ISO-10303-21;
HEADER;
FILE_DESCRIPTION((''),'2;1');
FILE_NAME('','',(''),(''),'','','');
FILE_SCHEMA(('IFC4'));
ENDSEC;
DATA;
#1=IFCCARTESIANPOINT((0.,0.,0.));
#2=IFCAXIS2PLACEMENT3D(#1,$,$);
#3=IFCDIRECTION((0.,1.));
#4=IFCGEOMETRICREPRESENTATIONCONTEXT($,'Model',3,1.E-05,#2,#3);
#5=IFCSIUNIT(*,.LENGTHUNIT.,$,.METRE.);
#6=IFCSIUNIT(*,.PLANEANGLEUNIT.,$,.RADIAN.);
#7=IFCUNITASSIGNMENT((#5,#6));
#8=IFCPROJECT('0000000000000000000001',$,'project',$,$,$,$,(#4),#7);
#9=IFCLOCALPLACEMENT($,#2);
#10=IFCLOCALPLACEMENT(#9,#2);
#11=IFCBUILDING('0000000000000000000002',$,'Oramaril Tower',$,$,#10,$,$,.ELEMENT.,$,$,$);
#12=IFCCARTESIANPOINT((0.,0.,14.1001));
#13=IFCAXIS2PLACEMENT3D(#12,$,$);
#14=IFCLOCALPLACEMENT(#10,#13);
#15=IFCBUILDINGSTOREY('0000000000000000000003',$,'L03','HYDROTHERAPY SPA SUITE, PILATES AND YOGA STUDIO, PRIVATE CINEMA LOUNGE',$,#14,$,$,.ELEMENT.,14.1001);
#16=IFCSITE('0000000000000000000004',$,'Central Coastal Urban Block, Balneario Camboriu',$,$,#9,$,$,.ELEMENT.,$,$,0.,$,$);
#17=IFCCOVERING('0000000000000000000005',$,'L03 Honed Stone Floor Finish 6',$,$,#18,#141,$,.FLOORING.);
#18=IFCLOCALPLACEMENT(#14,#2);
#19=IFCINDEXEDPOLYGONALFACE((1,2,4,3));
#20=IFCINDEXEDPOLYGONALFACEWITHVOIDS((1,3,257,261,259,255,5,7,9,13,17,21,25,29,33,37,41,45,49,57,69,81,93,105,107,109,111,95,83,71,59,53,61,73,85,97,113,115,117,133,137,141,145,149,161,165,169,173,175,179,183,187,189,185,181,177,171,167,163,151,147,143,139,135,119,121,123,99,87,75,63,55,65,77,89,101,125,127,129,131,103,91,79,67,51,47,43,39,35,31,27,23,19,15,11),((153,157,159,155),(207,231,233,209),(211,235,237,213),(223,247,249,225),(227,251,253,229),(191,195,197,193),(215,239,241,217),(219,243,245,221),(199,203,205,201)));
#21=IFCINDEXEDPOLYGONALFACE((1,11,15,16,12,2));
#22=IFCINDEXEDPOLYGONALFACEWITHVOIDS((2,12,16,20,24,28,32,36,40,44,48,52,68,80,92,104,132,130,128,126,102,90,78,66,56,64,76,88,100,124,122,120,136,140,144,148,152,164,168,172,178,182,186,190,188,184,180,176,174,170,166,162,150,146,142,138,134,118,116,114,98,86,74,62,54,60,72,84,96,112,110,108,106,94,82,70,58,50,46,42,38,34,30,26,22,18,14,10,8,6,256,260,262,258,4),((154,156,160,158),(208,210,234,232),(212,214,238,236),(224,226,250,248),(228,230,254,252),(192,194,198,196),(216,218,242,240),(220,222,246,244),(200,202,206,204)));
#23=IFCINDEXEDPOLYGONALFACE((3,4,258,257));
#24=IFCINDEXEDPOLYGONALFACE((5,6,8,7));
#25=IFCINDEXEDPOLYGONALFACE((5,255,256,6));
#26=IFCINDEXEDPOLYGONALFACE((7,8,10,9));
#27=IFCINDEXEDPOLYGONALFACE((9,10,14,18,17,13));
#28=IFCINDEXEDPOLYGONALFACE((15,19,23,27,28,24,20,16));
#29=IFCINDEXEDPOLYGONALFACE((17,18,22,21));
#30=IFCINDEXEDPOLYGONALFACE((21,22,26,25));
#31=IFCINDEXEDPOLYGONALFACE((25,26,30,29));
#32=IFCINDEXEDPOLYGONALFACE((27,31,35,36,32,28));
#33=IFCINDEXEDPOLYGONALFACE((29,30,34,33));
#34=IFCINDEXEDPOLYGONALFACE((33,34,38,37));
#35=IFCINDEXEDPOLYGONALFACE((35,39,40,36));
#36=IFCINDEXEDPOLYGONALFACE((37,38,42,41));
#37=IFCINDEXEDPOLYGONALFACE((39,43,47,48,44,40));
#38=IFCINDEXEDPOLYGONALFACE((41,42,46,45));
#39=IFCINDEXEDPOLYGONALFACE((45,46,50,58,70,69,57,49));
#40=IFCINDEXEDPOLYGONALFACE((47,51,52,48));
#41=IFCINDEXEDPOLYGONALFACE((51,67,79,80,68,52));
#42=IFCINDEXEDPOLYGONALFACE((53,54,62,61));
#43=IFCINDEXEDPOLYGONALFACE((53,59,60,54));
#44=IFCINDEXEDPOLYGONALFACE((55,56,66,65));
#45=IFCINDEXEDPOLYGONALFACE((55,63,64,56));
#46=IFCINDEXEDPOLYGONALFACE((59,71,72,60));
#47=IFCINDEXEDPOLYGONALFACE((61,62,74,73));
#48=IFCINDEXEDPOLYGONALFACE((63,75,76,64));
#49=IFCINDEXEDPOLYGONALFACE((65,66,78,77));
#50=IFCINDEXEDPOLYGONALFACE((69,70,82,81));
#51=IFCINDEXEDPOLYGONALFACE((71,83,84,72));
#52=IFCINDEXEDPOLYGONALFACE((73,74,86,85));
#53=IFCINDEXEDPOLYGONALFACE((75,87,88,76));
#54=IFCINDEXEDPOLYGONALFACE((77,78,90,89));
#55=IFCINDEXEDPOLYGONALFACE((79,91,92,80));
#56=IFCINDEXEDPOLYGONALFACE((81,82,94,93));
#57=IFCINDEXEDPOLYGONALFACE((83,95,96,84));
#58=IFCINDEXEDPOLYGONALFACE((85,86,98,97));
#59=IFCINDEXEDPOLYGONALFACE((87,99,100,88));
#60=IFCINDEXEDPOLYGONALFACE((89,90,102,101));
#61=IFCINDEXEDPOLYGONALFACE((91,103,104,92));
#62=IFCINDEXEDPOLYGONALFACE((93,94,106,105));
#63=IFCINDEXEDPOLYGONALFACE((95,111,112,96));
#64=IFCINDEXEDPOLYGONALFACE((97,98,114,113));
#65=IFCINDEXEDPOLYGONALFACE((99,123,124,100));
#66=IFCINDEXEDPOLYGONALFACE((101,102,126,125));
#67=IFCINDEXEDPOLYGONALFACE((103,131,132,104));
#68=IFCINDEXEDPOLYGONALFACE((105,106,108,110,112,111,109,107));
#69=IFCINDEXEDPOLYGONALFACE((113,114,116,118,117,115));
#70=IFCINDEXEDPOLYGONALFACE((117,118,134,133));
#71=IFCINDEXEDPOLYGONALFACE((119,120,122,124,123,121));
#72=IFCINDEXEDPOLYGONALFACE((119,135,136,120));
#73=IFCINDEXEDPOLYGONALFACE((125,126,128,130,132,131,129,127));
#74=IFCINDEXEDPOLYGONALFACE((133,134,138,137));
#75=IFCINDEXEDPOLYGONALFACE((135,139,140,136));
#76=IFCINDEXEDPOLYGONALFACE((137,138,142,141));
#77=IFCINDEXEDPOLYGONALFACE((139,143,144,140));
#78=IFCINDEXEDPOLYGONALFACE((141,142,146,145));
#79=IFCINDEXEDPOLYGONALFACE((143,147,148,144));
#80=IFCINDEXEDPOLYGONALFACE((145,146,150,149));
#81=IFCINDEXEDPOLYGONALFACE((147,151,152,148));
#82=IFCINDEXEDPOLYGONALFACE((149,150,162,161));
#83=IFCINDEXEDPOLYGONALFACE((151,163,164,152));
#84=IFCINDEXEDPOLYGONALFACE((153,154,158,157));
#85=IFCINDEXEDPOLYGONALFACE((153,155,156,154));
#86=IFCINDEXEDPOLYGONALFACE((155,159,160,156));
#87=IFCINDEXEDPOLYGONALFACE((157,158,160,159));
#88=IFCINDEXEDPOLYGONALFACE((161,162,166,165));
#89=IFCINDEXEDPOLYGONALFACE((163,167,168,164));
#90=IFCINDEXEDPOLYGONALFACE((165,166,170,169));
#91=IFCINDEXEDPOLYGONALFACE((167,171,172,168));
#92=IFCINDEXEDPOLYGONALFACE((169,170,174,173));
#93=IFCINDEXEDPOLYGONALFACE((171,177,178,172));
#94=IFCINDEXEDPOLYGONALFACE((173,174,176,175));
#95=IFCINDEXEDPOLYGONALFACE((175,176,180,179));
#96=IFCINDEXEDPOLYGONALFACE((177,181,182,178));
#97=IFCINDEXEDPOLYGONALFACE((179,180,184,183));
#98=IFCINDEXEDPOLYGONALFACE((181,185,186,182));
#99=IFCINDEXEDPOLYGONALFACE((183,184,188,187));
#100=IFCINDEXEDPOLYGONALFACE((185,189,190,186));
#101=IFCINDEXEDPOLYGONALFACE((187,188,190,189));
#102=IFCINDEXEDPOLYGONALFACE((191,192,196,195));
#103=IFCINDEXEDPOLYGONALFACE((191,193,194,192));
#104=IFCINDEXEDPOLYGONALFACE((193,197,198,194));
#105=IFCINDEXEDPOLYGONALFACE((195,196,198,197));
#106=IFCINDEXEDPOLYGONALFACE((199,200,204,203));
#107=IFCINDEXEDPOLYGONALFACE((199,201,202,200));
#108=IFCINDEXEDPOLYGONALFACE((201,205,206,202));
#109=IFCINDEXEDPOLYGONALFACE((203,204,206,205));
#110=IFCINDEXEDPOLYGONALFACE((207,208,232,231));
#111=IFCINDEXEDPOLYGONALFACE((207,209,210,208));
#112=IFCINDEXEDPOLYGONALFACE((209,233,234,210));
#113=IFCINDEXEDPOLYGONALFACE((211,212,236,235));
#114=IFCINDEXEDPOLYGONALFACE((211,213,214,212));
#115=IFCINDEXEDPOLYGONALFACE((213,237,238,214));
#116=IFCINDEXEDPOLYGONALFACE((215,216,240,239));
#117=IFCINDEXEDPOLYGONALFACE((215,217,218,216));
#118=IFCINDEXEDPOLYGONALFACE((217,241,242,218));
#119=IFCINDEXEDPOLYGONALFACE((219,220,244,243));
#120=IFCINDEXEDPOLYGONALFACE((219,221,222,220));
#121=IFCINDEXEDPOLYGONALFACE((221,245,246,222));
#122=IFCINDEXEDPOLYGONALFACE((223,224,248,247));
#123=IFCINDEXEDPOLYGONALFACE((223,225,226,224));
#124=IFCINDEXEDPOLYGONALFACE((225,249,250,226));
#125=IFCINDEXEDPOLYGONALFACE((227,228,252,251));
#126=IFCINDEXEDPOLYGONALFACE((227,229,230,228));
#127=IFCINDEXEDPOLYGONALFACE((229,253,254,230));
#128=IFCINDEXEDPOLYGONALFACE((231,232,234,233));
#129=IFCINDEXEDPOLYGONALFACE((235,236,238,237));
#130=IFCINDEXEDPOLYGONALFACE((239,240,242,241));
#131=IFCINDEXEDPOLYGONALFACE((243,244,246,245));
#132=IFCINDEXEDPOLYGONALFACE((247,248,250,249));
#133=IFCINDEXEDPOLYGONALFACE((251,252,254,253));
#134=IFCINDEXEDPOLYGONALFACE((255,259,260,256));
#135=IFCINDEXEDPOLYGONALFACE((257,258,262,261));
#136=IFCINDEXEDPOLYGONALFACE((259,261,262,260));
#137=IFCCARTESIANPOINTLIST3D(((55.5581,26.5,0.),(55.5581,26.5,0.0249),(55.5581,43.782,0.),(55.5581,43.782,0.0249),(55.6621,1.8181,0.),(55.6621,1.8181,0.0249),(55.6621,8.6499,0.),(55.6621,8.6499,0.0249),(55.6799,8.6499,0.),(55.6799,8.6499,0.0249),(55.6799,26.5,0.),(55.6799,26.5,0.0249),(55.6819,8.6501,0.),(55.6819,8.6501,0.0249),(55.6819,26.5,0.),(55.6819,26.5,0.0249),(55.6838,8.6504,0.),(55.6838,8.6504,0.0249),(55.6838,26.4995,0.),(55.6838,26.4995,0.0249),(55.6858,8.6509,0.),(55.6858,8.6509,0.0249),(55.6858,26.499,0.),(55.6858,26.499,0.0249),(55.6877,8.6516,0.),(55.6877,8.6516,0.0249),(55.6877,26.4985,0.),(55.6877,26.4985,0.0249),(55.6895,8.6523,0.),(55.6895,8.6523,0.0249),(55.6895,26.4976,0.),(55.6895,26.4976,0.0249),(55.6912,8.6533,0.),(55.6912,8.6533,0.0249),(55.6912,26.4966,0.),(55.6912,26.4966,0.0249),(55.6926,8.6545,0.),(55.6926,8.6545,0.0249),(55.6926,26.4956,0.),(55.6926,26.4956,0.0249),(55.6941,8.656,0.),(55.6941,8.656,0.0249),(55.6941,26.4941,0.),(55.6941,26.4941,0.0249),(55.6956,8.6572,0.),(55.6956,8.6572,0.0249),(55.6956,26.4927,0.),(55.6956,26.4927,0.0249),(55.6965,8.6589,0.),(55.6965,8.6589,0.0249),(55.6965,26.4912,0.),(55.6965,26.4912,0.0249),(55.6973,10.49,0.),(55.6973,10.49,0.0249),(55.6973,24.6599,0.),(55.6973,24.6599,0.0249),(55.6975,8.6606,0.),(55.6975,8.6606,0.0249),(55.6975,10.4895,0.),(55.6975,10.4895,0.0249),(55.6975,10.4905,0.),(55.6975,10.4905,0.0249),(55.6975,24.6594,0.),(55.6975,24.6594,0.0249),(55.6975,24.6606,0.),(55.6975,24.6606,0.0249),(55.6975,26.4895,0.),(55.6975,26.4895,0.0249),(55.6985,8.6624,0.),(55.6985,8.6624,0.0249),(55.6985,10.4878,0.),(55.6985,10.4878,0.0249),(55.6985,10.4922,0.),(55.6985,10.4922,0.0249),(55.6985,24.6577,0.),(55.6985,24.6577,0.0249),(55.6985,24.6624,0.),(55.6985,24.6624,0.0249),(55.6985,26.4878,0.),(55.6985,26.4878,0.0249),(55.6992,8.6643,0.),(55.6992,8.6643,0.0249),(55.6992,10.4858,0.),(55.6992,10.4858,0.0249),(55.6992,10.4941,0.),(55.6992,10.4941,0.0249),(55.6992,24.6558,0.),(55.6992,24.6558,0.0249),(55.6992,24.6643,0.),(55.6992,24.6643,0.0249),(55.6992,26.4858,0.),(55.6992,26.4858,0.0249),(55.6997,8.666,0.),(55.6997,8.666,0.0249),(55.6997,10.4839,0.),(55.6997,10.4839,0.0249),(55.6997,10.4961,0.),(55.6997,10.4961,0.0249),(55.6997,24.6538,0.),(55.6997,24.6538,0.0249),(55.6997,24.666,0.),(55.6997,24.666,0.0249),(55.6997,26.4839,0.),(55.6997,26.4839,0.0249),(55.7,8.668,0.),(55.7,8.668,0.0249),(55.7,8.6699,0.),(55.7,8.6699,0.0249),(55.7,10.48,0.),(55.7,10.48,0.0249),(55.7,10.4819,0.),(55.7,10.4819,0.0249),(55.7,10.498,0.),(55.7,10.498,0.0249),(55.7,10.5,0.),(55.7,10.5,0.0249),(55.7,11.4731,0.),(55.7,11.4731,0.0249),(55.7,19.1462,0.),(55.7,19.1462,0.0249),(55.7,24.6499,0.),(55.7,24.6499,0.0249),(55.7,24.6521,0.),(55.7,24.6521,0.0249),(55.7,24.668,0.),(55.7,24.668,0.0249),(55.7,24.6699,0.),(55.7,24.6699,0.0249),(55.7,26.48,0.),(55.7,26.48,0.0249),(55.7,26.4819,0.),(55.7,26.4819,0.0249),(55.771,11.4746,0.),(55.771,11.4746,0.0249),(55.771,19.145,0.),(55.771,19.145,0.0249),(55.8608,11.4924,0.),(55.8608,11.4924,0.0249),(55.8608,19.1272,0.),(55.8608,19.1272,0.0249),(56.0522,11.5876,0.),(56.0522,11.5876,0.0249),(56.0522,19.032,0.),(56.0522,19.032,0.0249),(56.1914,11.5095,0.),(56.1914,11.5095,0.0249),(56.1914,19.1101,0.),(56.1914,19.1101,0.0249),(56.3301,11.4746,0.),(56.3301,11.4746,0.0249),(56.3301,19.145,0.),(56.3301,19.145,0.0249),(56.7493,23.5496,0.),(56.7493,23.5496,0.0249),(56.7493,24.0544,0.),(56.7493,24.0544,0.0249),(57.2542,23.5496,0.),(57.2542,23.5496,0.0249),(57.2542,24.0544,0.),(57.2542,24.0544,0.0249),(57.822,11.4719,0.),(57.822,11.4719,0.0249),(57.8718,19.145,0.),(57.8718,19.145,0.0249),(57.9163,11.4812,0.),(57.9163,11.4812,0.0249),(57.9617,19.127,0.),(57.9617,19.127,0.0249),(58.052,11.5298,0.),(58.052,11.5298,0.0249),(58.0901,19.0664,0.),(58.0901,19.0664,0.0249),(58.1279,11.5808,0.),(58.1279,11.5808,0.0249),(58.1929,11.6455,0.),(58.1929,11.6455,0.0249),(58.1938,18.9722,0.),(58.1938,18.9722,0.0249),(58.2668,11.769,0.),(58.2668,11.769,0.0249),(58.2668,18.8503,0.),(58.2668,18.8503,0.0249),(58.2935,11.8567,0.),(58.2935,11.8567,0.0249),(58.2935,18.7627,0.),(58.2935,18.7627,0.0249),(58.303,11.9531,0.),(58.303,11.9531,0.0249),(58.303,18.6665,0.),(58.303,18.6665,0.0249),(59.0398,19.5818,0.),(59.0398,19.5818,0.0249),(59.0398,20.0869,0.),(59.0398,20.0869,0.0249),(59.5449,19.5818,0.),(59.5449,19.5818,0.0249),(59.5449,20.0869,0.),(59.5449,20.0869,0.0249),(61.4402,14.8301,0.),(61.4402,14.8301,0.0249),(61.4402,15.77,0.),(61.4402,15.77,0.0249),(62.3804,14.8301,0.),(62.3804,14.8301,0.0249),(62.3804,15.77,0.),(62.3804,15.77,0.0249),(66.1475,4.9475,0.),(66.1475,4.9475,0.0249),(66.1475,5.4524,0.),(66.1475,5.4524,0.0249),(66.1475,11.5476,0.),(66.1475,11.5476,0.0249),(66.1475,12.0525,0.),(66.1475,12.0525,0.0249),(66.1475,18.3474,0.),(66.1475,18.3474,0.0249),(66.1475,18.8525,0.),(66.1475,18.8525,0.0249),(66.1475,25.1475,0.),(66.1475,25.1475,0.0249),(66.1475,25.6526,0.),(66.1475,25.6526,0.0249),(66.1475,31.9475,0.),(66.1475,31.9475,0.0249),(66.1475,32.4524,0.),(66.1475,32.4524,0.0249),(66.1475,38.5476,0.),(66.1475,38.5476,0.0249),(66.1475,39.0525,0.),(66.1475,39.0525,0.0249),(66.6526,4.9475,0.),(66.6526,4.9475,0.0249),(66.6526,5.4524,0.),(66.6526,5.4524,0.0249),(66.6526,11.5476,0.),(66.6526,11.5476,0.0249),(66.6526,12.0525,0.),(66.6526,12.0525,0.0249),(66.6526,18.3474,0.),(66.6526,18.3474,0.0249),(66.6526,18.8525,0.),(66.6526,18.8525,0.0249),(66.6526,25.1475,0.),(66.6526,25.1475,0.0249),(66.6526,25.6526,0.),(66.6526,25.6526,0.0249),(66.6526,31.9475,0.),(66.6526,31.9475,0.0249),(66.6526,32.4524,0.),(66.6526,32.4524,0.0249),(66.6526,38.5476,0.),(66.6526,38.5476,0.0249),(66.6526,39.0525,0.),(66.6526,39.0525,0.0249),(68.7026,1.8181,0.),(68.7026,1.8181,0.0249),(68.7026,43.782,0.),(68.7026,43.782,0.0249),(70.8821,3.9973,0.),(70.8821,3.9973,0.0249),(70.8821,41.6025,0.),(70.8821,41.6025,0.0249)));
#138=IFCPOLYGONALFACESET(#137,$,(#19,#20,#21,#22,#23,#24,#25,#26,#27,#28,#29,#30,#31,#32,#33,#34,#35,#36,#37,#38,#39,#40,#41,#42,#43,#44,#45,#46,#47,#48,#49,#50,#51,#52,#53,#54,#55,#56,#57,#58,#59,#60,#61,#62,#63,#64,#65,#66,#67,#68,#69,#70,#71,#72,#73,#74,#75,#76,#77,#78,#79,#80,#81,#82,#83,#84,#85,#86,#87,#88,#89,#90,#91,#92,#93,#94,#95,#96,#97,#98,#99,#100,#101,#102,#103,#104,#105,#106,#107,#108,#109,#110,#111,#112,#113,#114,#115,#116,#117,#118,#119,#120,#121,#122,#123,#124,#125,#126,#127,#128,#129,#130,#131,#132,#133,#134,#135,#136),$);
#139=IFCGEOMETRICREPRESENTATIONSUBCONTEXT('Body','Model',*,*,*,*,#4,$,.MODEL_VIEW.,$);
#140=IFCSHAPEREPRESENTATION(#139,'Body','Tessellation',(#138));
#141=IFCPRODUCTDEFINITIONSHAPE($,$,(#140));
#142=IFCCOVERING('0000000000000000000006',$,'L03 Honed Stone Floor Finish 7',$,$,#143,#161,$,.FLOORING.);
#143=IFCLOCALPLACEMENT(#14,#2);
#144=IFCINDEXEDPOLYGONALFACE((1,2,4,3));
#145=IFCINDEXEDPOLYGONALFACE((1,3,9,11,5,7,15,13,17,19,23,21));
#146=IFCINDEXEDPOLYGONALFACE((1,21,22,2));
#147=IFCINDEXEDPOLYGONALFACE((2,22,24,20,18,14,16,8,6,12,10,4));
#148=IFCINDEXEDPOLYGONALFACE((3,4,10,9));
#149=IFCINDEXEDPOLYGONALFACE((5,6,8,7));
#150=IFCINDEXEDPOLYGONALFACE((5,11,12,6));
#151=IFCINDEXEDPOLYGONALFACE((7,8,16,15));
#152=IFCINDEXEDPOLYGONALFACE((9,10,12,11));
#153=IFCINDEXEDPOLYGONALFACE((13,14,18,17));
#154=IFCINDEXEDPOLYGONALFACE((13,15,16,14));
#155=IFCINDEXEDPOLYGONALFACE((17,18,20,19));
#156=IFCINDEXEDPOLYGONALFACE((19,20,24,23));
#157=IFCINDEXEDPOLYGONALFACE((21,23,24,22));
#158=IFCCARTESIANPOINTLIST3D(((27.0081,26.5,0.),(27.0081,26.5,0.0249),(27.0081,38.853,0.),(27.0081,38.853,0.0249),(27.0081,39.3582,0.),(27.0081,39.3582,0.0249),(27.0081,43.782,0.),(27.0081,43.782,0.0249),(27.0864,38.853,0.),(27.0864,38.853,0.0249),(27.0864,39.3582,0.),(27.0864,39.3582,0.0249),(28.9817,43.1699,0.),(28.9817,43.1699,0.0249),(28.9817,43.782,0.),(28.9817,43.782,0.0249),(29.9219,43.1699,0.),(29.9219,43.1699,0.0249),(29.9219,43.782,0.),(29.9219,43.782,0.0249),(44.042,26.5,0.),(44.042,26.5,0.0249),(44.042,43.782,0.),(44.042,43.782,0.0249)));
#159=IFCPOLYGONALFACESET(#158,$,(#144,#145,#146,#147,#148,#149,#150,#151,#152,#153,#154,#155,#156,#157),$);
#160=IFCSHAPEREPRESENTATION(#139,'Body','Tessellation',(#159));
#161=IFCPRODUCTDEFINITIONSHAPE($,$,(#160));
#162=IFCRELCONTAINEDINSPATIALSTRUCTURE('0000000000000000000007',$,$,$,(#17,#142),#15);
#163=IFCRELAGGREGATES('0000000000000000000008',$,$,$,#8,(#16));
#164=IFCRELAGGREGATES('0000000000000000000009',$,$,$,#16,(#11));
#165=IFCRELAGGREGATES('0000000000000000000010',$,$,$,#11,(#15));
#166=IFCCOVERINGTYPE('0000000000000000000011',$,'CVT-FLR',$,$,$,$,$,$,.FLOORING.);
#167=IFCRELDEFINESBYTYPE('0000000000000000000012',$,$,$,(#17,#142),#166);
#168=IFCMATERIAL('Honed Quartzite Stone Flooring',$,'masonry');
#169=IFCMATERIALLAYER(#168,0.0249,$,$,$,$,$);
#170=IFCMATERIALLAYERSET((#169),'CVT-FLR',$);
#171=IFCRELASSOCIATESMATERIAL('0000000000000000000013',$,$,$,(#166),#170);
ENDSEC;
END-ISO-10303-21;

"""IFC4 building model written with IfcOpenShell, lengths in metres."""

from ifc_helpers import new_model, si_unit, direction, frame, origin, place, context, subcontext, project, spatial, polyline, outline, extrude, material, layer, layer_set, type_object, element, save


model = new_model("IFC4")

# Units and contexts
model_context = context("Model", 3, precision=1e-05, world=origin(), true_north=direction((0.0, 1.0)))
body_context = subcontext(model_context, "Body", "Model", "MODEL_VIEW")
ifc_project = project(units=[si_unit("LENGTHUNIT", "METRE"), si_unit("PLANEANGLEUNIT", "RADIAN")], contexts=[model_context])

# Site, building, storey
site_placement = place(None, origin())
site = spatial("IfcSite", under=ifc_project, at=site_placement, Name="Central Coastal Urban Block, Balneario Camboriu", CompositionType="ELEMENT", RefElevation=0.0)
building_placement = place(site_placement, origin())
building = spatial("IfcBuilding", under=site, at=building_placement, Name="Oramaril Tower", CompositionType="ELEMENT")
storey_placement = place(building_placement, frame((0.0, 0.0, 14.1001)))
storey = spatial("IfcBuildingStorey", under=building, at=storey_placement, Name="L03", Description="HYDROTHERAPY SPA SUITE, PILATES AND YOGA STUDIO, PRIVATE CINEMA LOUNGE", CompositionType="ELEMENT", Elevation=14.1001)

# Coverings
ifc_material_1 = material(Name="Honed Quartzite Stone Flooring", Category="masonry")
ifc_layer_1 = layer(ifc_material_1, 0.0249)
ifc_layer_set_1 = layer_set([ifc_layer_1], Name="CVT-FLR")
covering_type_1 = type_object("IfcCoveringType", Name="CVT-FLR", PredefinedType="FLOORING", material=ifc_layer_set_1)
covering_1_placement = place(storey_placement, origin())
element("IfcCovering", 1, at=covering_1_placement, inside=storey, type_object=covering_type_1, Name="L03 Honed Stone Floor Finish 6", PredefinedType="FLOORING", context=body_context, shape_type="SweptSolid", body=[
    extrude(outline(polyline([(55.771, 11.4746), (55.8608, 11.4924), (56.0522, 11.5876), (56.1914, 11.5095), (56.3301, 11.4746), (57.822, 11.4719), (57.9163, 11.4812), (58.052, 11.5298), (58.1279, 11.5808), (58.1929, 11.6455), (58.2668, 11.769), (58.2935, 11.8567), (58.303, 11.9531), (58.303, 18.6665), (58.2935, 18.7627), (58.2668, 18.8503), (58.1938, 18.9722), (58.0901, 19.0664), (57.9617, 19.127), (57.8718, 19.145), (56.3301, 19.145), (56.1914, 19.1101), (56.0522, 19.032), (55.8608, 19.1272), (55.771, 19.145), (55.7, 19.1462), (55.7, 24.6499), (55.7, 24.6521), (55.6997, 24.6538), (55.6992, 24.6558), (55.6985, 24.6577), (55.6975, 24.6594), (55.6973, 24.6599), (55.6975, 24.6606), (55.6985, 24.6624), (55.6992, 24.6643), (55.6997, 24.666), (55.7, 24.668), (55.7, 24.6699), (55.7, 26.48), (55.7, 26.4819), (55.6997, 26.4839), (55.6992, 26.4858), (55.6985, 26.4878), (55.6975, 26.4895), (55.6965, 26.4912), (55.6956, 26.4927), (55.6941, 26.4941), (55.6926, 26.4956), (55.6912, 26.4966), (55.6895, 26.4976), (55.6877, 26.4985), (55.6858, 26.499), (55.6838, 26.4995), (55.6819, 26.5), (55.6799, 26.5), (55.5581, 26.5), (55.5581, 43.782), (68.7026, 43.782), (70.8821, 41.6025), (70.8821, 3.9973), (68.7026, 1.8181), (55.6621, 1.8181), (55.6621, 8.6499), (55.6799, 8.6499), (55.6819, 8.6501), (55.6838, 8.6504), (55.6858, 8.6509), (55.6877, 8.6516), (55.6895, 8.6523), (55.6912, 8.6533), (55.6926, 8.6545), (55.6941, 8.656), (55.6956, 8.6572), (55.6965, 8.6589), (55.6975, 8.6606), (55.6985, 8.6624), (55.6992, 8.6643), (55.6997, 8.666), (55.7, 8.668), (55.7, 8.6699), (55.7, 10.48), (55.7, 10.4819), (55.6997, 10.4839), (55.6992, 10.4858), (55.6985, 10.4878), (55.6975, 10.4895), (55.6973, 10.49), (55.6975, 10.4905), (55.6985, 10.4922), (55.6992, 10.4941), (55.6997, 10.4961), (55.7, 10.498), (55.7, 10.5), (55.7, 11.4731), (55.771, 11.4746)]), holes=[polyline([(66.6526, 4.9475), (66.6526, 5.4524), (66.1475, 5.4524), (66.1475, 4.9475), (66.6526, 4.9475)]), polyline([(66.6526, 12.0525), (66.1475, 12.0525), (66.1475, 11.5476), (66.6526, 11.5476), (66.6526, 12.0525)]), polyline([(62.3804, 15.77), (61.4402, 15.77), (61.4402, 14.8301), (62.3804, 14.8301), (62.3804, 15.77)]), polyline([(66.6526, 18.3474), (66.6526, 18.8525), (66.1475, 18.8525), (66.1475, 18.3474), (66.6526, 18.3474)]), polyline([(59.5449, 20.0869), (59.0398, 20.0869), (59.0398, 19.5818), (59.5449, 19.5818), (59.5449, 20.0869)]), polyline([(57.2542, 23.5496), (57.2542, 24.0544), (56.7493, 24.0544), (56.7493, 23.5496), (57.2542, 23.5496)]), polyline([(66.6526, 25.1475), (66.6526, 25.6526), (66.1475, 25.6526), (66.1475, 25.1475), (66.6526, 25.1475)]), polyline([(66.6526, 32.4524), (66.1475, 32.4524), (66.1475, 31.9475), (66.6526, 31.9475), (66.6526, 32.4524)]), polyline([(66.6526, 38.5476), (66.6526, 39.0525), (66.1475, 39.0525), (66.1475, 38.5476), (66.6526, 38.5476)])]), origin(), (0.0, 0.0, 1.0), 0.0249),
])
covering_2_placement = place(storey_placement, origin())
element("IfcCovering", 2, at=covering_2_placement, inside=storey, type_object=covering_type_1, Name="L03 Honed Stone Floor Finish 7", PredefinedType="FLOORING", context=body_context, shape_type="SweptSolid", body=[
    extrude(outline(polyline([(27.0081, 38.853), (27.0864, 38.853), (27.0864, 39.3582), (27.0081, 39.3582), (27.0081, 43.782), (28.9817, 43.782), (28.9817, 43.1699), (29.9219, 43.1699), (29.9219, 43.782), (44.042, 43.782), (44.042, 26.5), (27.0081, 26.5), (27.0081, 38.853)])), origin(), (0.0, 0.0, 1.0), 0.0249),
])

save(model, "model.ifc")
